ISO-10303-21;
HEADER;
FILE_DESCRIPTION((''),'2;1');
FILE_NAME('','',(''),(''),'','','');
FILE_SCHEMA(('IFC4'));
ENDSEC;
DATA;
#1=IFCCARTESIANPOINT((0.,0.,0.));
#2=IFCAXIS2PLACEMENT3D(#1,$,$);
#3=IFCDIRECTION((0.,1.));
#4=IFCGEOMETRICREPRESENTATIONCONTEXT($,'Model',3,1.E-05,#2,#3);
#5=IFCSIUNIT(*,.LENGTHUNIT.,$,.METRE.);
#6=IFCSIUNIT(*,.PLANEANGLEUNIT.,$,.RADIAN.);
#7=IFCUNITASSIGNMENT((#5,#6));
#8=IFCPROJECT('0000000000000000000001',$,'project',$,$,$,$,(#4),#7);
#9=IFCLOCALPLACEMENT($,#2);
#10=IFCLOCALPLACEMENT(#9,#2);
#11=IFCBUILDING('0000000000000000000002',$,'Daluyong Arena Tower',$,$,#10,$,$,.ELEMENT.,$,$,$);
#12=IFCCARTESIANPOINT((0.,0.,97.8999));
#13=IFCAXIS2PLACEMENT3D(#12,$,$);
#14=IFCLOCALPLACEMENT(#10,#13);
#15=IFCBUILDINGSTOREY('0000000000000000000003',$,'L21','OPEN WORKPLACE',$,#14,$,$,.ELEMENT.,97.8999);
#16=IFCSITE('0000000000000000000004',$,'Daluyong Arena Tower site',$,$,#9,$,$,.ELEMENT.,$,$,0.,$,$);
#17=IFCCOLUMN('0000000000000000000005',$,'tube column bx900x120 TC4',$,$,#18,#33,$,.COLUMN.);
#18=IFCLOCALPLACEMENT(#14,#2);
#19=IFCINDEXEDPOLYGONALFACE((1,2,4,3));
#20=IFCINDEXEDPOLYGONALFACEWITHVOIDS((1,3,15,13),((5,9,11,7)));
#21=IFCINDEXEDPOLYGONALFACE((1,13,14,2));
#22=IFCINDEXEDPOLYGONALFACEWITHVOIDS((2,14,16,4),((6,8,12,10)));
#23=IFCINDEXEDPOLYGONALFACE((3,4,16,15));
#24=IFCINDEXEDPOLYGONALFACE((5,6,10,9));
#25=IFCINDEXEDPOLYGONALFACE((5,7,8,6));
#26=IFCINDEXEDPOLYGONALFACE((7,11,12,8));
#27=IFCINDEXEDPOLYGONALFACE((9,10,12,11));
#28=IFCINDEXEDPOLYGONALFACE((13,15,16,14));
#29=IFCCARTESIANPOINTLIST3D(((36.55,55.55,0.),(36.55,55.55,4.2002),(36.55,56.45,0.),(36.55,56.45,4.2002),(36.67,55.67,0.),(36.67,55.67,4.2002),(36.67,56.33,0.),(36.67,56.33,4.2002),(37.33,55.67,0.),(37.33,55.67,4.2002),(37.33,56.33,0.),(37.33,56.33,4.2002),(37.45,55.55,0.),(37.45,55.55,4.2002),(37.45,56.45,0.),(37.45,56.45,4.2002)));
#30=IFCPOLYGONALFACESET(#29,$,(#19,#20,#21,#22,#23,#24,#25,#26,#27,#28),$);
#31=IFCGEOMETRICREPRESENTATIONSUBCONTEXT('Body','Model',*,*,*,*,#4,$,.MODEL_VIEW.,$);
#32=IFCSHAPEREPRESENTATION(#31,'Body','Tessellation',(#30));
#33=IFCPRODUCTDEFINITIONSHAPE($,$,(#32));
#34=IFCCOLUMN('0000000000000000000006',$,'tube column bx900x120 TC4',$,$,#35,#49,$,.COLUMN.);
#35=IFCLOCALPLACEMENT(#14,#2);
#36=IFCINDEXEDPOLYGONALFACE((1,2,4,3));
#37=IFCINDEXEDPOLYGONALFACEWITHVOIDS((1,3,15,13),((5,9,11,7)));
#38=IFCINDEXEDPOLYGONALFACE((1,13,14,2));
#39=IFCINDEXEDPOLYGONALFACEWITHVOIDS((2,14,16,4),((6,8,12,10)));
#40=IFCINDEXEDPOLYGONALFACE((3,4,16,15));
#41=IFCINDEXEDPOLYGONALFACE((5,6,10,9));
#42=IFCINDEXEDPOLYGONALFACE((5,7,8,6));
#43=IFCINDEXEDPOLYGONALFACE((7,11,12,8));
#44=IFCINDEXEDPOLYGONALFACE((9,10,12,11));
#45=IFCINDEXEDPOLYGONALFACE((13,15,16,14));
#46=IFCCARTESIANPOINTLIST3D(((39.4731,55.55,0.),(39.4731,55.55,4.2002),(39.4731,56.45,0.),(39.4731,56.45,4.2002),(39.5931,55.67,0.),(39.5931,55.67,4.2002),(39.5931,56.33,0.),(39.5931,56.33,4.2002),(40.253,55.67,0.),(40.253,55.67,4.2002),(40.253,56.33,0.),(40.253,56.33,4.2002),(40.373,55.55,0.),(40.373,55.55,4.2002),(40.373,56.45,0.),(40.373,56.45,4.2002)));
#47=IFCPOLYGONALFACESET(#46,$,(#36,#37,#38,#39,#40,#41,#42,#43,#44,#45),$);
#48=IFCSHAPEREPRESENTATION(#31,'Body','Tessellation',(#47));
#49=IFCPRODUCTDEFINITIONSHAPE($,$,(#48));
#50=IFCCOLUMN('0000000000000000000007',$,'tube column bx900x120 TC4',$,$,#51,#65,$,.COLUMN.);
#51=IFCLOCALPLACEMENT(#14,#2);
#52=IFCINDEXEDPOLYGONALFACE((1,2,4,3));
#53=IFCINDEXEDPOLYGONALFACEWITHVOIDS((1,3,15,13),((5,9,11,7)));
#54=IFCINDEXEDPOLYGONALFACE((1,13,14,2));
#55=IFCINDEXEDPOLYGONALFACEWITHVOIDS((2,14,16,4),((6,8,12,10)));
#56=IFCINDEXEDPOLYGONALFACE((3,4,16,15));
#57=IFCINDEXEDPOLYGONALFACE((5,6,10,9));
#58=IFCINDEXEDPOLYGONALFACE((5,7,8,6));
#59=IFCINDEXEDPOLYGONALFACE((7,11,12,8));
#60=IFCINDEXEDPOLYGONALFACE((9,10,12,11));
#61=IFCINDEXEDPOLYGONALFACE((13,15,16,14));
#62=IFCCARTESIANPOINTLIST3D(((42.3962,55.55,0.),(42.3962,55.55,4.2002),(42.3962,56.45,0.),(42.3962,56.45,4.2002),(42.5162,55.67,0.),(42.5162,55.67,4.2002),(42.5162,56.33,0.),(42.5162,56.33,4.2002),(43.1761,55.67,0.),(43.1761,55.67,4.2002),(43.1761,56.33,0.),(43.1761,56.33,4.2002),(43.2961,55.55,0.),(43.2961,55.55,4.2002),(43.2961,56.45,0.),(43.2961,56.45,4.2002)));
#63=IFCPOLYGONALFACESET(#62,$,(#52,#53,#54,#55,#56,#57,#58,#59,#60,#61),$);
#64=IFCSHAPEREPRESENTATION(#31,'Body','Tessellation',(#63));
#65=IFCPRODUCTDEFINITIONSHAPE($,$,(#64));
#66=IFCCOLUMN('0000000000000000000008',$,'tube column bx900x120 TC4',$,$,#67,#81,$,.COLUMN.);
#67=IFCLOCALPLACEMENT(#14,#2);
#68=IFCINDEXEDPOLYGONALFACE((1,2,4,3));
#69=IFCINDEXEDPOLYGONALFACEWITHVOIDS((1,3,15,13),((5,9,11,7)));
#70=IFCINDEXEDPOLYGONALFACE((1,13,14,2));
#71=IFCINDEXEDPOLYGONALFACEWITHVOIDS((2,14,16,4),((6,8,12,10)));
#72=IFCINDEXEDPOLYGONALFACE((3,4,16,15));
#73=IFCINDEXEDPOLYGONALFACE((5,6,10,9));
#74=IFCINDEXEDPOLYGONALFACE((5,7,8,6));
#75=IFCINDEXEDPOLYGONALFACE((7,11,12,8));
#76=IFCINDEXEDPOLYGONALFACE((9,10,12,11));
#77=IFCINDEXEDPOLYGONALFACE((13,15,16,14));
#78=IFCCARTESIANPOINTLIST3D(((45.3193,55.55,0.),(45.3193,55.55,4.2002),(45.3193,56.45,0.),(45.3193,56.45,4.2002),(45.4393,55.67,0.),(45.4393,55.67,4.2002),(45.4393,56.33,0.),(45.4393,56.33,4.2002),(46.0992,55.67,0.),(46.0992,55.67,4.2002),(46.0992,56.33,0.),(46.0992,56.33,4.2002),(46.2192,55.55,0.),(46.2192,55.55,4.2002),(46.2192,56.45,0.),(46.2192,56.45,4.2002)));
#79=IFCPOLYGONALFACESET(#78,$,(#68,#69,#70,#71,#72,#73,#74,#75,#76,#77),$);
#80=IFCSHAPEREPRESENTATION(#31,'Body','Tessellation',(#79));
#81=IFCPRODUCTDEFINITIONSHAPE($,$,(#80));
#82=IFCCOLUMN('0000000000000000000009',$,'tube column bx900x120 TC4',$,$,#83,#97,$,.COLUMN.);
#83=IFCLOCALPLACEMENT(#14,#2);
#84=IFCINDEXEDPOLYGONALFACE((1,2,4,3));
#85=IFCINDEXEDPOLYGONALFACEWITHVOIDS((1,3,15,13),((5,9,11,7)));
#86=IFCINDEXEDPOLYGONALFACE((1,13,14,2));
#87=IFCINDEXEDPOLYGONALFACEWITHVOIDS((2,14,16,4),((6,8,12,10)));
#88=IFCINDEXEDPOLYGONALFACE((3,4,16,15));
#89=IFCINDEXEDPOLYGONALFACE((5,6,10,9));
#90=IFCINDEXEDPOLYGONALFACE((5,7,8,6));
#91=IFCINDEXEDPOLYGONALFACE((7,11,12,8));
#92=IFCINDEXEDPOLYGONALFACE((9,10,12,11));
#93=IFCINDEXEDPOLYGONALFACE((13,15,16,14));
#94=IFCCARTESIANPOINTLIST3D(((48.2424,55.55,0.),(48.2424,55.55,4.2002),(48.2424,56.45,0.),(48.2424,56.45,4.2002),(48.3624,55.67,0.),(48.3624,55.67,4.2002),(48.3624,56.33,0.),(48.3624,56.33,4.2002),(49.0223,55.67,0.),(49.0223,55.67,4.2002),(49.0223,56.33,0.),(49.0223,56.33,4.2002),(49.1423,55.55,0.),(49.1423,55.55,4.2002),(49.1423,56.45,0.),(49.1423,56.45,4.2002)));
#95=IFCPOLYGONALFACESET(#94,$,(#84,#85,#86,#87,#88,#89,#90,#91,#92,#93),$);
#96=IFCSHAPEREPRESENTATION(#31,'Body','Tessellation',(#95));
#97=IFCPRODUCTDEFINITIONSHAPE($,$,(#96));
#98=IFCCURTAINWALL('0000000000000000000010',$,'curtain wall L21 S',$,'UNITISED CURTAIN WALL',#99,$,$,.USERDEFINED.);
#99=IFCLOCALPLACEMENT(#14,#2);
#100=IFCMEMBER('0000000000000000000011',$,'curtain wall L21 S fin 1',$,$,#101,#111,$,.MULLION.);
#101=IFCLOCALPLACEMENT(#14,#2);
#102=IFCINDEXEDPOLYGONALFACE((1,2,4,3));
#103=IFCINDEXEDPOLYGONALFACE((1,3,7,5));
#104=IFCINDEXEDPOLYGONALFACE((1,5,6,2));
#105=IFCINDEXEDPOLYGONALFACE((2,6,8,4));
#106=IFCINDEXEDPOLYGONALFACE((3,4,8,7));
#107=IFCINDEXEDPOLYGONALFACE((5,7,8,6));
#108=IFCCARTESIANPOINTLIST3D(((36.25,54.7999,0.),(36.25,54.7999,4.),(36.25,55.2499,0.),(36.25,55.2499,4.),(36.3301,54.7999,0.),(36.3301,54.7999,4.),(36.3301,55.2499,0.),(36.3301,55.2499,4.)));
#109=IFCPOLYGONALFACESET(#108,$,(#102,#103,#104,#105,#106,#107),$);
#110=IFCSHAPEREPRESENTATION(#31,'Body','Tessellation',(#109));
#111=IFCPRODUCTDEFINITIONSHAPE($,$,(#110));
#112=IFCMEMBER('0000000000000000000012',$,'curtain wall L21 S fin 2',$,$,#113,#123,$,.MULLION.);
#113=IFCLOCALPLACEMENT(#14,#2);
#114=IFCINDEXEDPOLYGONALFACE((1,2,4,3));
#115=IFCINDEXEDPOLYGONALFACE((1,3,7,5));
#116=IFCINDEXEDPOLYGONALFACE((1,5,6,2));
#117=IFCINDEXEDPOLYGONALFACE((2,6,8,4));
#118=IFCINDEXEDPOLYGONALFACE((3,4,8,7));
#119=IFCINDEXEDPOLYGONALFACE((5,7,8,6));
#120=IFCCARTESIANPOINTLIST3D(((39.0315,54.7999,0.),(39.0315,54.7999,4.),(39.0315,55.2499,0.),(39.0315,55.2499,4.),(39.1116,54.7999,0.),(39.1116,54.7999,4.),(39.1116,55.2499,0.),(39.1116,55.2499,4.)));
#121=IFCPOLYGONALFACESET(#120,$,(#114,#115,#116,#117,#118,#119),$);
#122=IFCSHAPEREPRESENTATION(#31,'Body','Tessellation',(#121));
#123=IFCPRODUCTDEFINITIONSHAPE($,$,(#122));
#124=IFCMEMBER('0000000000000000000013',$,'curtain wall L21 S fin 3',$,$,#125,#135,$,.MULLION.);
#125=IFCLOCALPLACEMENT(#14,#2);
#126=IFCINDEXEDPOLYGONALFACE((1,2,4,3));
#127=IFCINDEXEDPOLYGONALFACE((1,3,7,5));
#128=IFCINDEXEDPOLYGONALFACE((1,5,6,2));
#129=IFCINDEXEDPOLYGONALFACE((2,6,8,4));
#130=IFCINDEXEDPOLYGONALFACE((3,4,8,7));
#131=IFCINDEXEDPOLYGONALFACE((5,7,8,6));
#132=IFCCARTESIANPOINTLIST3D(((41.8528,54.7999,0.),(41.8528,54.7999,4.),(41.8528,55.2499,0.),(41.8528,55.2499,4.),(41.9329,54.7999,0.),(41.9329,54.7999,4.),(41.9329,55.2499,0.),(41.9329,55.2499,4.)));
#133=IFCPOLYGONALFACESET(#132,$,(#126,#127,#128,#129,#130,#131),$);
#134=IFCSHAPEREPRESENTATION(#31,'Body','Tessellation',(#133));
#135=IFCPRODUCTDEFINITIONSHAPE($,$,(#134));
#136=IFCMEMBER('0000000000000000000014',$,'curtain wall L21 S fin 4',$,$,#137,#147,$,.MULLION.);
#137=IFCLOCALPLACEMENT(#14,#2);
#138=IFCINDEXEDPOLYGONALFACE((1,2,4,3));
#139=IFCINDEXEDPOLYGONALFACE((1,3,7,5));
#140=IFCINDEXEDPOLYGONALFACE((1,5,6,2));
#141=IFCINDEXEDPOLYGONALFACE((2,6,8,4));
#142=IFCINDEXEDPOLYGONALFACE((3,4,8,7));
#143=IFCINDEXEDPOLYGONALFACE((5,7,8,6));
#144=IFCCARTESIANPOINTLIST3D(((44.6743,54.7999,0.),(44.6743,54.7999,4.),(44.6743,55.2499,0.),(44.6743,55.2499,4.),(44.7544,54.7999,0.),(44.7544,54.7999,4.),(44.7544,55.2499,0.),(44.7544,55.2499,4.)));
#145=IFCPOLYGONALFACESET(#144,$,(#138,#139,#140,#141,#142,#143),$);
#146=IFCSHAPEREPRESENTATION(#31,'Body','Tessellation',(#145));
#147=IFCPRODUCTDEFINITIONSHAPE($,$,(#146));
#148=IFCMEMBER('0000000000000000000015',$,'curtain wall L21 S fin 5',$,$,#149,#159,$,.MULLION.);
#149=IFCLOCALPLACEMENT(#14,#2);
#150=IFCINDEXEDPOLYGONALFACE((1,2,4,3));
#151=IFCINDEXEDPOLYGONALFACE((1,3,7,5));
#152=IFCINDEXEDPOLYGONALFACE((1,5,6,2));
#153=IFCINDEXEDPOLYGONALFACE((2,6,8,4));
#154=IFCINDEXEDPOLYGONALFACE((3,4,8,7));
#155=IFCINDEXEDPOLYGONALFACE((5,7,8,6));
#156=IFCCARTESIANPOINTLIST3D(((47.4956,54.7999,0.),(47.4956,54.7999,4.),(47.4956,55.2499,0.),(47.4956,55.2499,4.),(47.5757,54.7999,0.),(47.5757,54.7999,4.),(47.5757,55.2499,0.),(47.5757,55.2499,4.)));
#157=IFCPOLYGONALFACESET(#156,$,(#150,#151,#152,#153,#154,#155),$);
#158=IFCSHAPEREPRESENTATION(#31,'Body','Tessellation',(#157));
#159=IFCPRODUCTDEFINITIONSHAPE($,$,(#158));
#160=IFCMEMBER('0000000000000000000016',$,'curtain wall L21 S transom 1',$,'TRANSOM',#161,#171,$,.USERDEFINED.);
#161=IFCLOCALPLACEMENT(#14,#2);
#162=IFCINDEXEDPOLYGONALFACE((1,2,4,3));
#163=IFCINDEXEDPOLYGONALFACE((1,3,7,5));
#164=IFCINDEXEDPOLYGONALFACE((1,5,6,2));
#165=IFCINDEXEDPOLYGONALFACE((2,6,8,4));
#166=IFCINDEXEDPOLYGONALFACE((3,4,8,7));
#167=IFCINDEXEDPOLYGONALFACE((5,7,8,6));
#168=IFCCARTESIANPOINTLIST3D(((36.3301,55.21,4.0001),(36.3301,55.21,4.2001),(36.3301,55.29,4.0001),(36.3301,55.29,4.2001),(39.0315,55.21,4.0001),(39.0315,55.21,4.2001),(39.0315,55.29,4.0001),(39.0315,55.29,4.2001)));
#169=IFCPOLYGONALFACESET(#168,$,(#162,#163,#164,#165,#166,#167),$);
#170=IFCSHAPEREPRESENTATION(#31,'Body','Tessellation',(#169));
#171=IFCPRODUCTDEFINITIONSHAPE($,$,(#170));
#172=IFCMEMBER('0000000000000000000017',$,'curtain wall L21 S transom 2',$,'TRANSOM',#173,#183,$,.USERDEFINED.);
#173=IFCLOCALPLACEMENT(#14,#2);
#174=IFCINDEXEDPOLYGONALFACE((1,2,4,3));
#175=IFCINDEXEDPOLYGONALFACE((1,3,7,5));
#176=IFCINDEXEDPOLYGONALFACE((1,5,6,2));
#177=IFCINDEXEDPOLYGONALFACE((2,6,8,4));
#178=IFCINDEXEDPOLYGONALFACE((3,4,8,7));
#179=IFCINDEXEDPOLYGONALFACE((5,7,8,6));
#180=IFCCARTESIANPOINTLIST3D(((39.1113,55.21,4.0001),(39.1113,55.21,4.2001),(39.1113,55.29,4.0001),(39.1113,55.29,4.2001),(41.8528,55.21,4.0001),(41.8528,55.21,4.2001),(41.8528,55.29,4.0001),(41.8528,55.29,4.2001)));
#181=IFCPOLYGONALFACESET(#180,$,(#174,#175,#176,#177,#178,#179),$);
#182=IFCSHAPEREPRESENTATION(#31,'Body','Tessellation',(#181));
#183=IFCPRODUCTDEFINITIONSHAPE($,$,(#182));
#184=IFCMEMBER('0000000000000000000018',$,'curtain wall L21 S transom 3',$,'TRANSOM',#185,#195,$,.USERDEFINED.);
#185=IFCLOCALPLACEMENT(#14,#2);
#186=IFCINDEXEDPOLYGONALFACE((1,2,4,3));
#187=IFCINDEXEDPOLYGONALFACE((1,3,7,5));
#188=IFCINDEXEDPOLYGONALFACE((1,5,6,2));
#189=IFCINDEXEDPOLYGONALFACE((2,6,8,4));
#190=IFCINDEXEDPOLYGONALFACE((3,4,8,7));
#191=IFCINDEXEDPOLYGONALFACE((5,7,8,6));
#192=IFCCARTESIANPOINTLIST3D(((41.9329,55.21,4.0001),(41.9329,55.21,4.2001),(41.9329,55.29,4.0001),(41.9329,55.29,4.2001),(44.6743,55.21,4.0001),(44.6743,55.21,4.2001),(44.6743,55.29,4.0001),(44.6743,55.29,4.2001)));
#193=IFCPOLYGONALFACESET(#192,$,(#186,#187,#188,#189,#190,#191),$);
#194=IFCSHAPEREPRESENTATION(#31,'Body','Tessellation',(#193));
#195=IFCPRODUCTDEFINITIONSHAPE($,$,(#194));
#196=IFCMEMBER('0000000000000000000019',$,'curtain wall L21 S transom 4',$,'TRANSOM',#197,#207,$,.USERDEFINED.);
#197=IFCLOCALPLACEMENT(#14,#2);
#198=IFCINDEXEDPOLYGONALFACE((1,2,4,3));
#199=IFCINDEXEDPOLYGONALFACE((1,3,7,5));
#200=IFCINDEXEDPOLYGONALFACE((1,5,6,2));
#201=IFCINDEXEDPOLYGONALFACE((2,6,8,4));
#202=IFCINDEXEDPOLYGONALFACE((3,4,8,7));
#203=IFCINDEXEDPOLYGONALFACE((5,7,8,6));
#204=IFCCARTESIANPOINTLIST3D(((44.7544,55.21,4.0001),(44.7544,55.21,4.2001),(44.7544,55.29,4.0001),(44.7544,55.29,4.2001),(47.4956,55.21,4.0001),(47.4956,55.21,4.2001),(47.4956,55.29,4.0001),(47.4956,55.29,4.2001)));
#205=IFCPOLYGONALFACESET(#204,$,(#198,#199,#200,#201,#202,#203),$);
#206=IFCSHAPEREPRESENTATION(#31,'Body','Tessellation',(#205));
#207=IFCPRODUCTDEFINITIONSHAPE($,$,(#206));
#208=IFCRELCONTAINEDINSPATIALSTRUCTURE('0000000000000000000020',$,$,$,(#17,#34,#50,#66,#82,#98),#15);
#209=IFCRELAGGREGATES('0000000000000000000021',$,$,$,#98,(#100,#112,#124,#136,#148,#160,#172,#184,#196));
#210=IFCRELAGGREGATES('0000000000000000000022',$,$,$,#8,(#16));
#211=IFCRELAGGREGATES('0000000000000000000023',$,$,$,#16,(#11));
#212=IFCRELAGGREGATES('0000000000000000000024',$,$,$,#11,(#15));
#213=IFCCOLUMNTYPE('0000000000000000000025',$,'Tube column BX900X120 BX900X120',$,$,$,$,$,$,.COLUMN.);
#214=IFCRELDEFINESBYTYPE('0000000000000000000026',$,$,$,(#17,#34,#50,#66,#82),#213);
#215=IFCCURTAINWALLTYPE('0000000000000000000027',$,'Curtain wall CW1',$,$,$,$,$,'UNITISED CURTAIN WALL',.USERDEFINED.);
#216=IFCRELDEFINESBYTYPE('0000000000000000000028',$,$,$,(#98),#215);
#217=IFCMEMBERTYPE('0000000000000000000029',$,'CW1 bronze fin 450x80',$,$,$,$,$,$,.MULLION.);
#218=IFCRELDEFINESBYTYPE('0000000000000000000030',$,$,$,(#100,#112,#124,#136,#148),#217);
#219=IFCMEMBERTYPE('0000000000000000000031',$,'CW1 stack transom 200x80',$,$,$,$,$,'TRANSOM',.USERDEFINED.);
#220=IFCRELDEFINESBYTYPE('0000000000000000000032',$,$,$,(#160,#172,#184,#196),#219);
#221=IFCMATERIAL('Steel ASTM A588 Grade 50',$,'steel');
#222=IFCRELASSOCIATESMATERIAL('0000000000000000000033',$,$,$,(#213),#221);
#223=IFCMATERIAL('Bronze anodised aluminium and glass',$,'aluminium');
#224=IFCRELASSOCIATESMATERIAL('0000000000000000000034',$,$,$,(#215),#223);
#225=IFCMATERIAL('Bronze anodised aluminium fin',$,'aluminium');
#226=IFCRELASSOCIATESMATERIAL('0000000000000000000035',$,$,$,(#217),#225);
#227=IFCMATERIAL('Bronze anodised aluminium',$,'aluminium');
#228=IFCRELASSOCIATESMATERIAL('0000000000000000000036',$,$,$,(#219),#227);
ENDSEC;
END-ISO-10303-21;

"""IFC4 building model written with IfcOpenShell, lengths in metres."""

from ifc_helpers import new_model, si_unit, direction, frame, origin, origin_2d, place, context, subcontext, project, spatial, rectangle, hollow_rectangle, extrude, material, material_profile, profile_set, type_object, element, aggregate, save


model = new_model("IFC4")

# Units and contexts
model_context = context("Model", 3, precision=1e-05, world=origin(), true_north=direction((0.0, 1.0)))
body_context = subcontext(model_context, "Body", "Model", "MODEL_VIEW")
ifc_project = project(units=[si_unit("LENGTHUNIT", "METRE"), si_unit("PLANEANGLEUNIT", "RADIAN")], contexts=[model_context])

# Site, building, storey
site_placement = place(None, origin())
site = spatial("IfcSite", under=ifc_project, at=site_placement, Name="Daluyong Arena Tower site", CompositionType="ELEMENT", RefElevation=0.0)
building_placement = place(site_placement, origin())
building = spatial("IfcBuilding", under=site, at=building_placement, Name="Daluyong Arena Tower", CompositionType="ELEMENT")
storey_placement = place(building_placement, frame((0.0, 0.0, 97.8999)))
storey = spatial("IfcBuildingStorey", under=building, at=storey_placement, Name="L21", Description="OPEN WORKPLACE", CompositionType="ELEMENT", Elevation=97.8999)

# Columns
ifc_material_1 = material(Name="Steel ASTM A588 Grade 50", Category="steel")
ifc_material_profile_1 = material_profile(ifc_material_1, hollow_rectangle(XDim=0.8999, YDim=0.8999, WallThickness=0.12, at=origin_2d()))
ifc_profile_set_1 = profile_set([ifc_material_profile_1], Name="Steel ASTM A588 Grade 50")
column_type = type_object("IfcColumnType", Name="Tube column BX900X120 BX900X120", PredefinedType="COLUMN", material=ifc_profile_set_1)
for number, where, z_axis, x_axis, name in (
    (1, (37.0, 56.0, 0.0), (0.0, 0.0, 1.0), (1.0, 0.0, 0.0), "tube column bx900x120 TC4"),
    (2, (39.9231, 56.0, 0.0), (0.0, 0.0, 1.0), (1.0, 0.0, 0.0), "tube column bx900x120 TC4"),
    (3, (42.8462, 56.0, 0.0), (0.0, 0.0, 1.0), (1.0, 0.0, 0.0), "tube column bx900x120 TC4"),
    (4, (45.7693, 56.0, 0.0), (0.0, 0.0, 1.0), (1.0, 0.0, 0.0), "tube column bx900x120 TC4"),
    (5, (48.6924, 56.0, 0.0), (0.0, 0.0, 1.0), (1.0, 0.0, 0.0), "tube column bx900x120 TC4"),
):
    element("IfcColumn", number, at=place(storey_placement, frame(where, z_axis=z_axis, x_axis=x_axis)), inside=storey, type_object=column_type, Name=name, PredefinedType="COLUMN", context=body_context, shape_type="SweptSolid", body=[
        extrude(hollow_rectangle(XDim=0.8999, YDim=0.8999, WallThickness=0.12, at=origin_2d()), origin(), (0.0, 0.0, 1.0), 4.2002),
    ])

# Curtain wall, members
ifc_material_2 = material(Name="Bronze anodised aluminium and glass", Category="aluminium")
curtain_wall_type_1 = type_object("IfcCurtainWallType", Name="Curtain wall CW1", ElementType="UNITISED CURTAIN WALL", PredefinedType="USERDEFINED", material=ifc_material_2)
curtain_wall_1_placement = place(storey_placement, origin())
curtain_wall_1 = element("IfcCurtainWall", 6, at=curtain_wall_1_placement, inside=storey, type_object=curtain_wall_type_1, Name="curtain wall L21 S", ObjectType="UNITISED CURTAIN WALL", PredefinedType="USERDEFINED")
ifc_material_3 = material(Name="Bronze anodised aluminium fin", Category="aluminium")
ifc_material_profile_2 = material_profile(ifc_material_3, rectangle(XDim=0.45, YDim=0.0801, at=origin_2d()))
ifc_profile_set_2 = profile_set([ifc_material_profile_2], Name="Bronze anodised aluminium fin")
member_type_1 = type_object("IfcMemberType", Name="CW1 bronze fin 450x80", PredefinedType="MULLION", material=ifc_profile_set_2)
member_1_placement = place(storey_placement, frame((36.29, 55.0249, 0.0), z_axis=(0.0, 0.0, 1.0), x_axis=(0.0, 1.0, 0.0)))
member_1 = element("IfcMember", 7, at=member_1_placement, type_object=member_type_1, Name="curtain wall L21 S fin 1", PredefinedType="MULLION", context=body_context, shape_type="SweptSolid", body=[
    extrude(rectangle(XDim=0.45, YDim=0.0801, at=origin_2d()), origin(), (0.0, 0.0, 1.0), 4.0),
])
member_2_placement = place(storey_placement, frame((39.0715, 55.0249, 0.0), z_axis=(0.0, 0.0, 1.0), x_axis=(0.0, 1.0, 0.0)))
member_2 = element("IfcMember", 8, at=member_2_placement, type_object=member_type_1, Name="curtain wall L21 S fin 2", PredefinedType="MULLION", context=body_context, shape_type="SweptSolid", body=[
    extrude(rectangle(XDim=0.45, YDim=0.0801, at=origin_2d()), origin(), (0.0, 0.0, 1.0), 4.0),
])
member_3_placement = place(storey_placement, frame((41.8928, 55.0249, 0.0), z_axis=(0.0, 0.0, 1.0), x_axis=(0.0, 1.0, 0.0)))
member_3 = element("IfcMember", 9, at=member_3_placement, type_object=member_type_1, Name="curtain wall L21 S fin 3", PredefinedType="MULLION", context=body_context, shape_type="SweptSolid", body=[
    extrude(rectangle(XDim=0.45, YDim=0.0801, at=origin_2d()), origin(), (0.0, 0.0, 1.0), 4.0),
])
member_4_placement = place(storey_placement, frame((44.7144, 55.0249, 0.0), z_axis=(0.0, 0.0, 1.0), x_axis=(0.0, 1.0, 0.0)))
member_4 = element("IfcMember", 10, at=member_4_placement, type_object=member_type_1, Name="curtain wall L21 S fin 4", PredefinedType="MULLION", context=body_context, shape_type="SweptSolid", body=[
    extrude(rectangle(XDim=0.45, YDim=0.0801, at=origin_2d()), origin(), (0.0, 0.0, 1.0), 4.0),
])
member_5_placement = place(storey_placement, frame((47.5356, 55.0249, 0.0), z_axis=(0.0, 0.0, 1.0), x_axis=(0.0, 1.0, 0.0)))
member_5 = element("IfcMember", 11, at=member_5_placement, type_object=member_type_1, Name="curtain wall L21 S fin 5", PredefinedType="MULLION", context=body_context, shape_type="SweptSolid", body=[
    extrude(rectangle(XDim=0.45, YDim=0.0801, at=origin_2d()), origin(), (0.0, 0.0, 1.0), 4.0),
])
ifc_material_4 = material(Name="Bronze anodised aluminium", Category="aluminium")
ifc_material_profile_3 = material_profile(ifc_material_4, rectangle(XDim=0.0801, YDim=0.2, at=origin_2d()))
ifc_profile_set_3 = profile_set([ifc_material_profile_3], Name="Bronze anodised aluminium")
member_type_2 = type_object("IfcMemberType", Name="CW1 stack transom 200x80", ElementType="TRANSOM", PredefinedType="USERDEFINED", material=ifc_profile_set_3)
member_6_placement = place(storey_placement, frame((36.3301, 55.25, 4.1001), z_axis=(1.0, 0.0, 0.0), x_axis=(0.0, 1.0, 0.0)))
member_6 = element("IfcMember", 12, at=member_6_placement, type_object=member_type_2, Name="curtain wall L21 S transom 1", ObjectType="TRANSOM", PredefinedType="USERDEFINED", context=body_context, shape_type="SweptSolid", body=[
    extrude(rectangle(XDim=0.0801, YDim=0.2, at=origin_2d()), origin(), (0.0, 0.0, 1.0), 2.7014),
])
member_7_placement = place(storey_placement, frame((39.1113, 55.25, 4.1001), z_axis=(1.0, 0.0, 0.0), x_axis=(0.0, 1.0, 0.0)))
member_7 = element("IfcMember", 13, at=member_7_placement, type_object=member_type_2, Name="curtain wall L21 S transom 2", ObjectType="TRANSOM", PredefinedType="USERDEFINED", context=body_context, shape_type="SweptSolid", body=[
    extrude(rectangle(XDim=0.0801, YDim=0.2, at=origin_2d()), origin(), (0.0, 0.0, 1.0), 2.7415),
])
member_8_placement = place(storey_placement, frame((41.9329, 55.25, 4.1001), z_axis=(1.0, 0.0, 0.0), x_axis=(0.0, 1.0, 0.0)))
member_8 = element("IfcMember", 14, at=member_8_placement, type_object=member_type_2, Name="curtain wall L21 S transom 3", ObjectType="TRANSOM", PredefinedType="USERDEFINED", context=body_context, shape_type="SweptSolid", body=[
    extrude(rectangle(XDim=0.0801, YDim=0.2, at=origin_2d()), origin(), (0.0, 0.0, 1.0), 2.7415),
])
member_9_placement = place(storey_placement, frame((44.7544, 55.25, 4.1001), z_axis=(1.0, 0.0, 0.0), x_axis=(0.0, 1.0, 0.0)))
member_9 = element("IfcMember", 15, at=member_9_placement, type_object=member_type_2, Name="curtain wall L21 S transom 4", ObjectType="TRANSOM", PredefinedType="USERDEFINED", context=body_context, shape_type="SweptSolid", body=[
    extrude(rectangle(XDim=0.0801, YDim=0.2, at=origin_2d()), origin(), (0.0, 0.0, 1.0), 2.7412),
])

aggregate(curtain_wall_1, [member_1, member_2, member_3, member_4, member_5, member_6, member_7, member_8, member_9])

save(model, "model.ifc")
